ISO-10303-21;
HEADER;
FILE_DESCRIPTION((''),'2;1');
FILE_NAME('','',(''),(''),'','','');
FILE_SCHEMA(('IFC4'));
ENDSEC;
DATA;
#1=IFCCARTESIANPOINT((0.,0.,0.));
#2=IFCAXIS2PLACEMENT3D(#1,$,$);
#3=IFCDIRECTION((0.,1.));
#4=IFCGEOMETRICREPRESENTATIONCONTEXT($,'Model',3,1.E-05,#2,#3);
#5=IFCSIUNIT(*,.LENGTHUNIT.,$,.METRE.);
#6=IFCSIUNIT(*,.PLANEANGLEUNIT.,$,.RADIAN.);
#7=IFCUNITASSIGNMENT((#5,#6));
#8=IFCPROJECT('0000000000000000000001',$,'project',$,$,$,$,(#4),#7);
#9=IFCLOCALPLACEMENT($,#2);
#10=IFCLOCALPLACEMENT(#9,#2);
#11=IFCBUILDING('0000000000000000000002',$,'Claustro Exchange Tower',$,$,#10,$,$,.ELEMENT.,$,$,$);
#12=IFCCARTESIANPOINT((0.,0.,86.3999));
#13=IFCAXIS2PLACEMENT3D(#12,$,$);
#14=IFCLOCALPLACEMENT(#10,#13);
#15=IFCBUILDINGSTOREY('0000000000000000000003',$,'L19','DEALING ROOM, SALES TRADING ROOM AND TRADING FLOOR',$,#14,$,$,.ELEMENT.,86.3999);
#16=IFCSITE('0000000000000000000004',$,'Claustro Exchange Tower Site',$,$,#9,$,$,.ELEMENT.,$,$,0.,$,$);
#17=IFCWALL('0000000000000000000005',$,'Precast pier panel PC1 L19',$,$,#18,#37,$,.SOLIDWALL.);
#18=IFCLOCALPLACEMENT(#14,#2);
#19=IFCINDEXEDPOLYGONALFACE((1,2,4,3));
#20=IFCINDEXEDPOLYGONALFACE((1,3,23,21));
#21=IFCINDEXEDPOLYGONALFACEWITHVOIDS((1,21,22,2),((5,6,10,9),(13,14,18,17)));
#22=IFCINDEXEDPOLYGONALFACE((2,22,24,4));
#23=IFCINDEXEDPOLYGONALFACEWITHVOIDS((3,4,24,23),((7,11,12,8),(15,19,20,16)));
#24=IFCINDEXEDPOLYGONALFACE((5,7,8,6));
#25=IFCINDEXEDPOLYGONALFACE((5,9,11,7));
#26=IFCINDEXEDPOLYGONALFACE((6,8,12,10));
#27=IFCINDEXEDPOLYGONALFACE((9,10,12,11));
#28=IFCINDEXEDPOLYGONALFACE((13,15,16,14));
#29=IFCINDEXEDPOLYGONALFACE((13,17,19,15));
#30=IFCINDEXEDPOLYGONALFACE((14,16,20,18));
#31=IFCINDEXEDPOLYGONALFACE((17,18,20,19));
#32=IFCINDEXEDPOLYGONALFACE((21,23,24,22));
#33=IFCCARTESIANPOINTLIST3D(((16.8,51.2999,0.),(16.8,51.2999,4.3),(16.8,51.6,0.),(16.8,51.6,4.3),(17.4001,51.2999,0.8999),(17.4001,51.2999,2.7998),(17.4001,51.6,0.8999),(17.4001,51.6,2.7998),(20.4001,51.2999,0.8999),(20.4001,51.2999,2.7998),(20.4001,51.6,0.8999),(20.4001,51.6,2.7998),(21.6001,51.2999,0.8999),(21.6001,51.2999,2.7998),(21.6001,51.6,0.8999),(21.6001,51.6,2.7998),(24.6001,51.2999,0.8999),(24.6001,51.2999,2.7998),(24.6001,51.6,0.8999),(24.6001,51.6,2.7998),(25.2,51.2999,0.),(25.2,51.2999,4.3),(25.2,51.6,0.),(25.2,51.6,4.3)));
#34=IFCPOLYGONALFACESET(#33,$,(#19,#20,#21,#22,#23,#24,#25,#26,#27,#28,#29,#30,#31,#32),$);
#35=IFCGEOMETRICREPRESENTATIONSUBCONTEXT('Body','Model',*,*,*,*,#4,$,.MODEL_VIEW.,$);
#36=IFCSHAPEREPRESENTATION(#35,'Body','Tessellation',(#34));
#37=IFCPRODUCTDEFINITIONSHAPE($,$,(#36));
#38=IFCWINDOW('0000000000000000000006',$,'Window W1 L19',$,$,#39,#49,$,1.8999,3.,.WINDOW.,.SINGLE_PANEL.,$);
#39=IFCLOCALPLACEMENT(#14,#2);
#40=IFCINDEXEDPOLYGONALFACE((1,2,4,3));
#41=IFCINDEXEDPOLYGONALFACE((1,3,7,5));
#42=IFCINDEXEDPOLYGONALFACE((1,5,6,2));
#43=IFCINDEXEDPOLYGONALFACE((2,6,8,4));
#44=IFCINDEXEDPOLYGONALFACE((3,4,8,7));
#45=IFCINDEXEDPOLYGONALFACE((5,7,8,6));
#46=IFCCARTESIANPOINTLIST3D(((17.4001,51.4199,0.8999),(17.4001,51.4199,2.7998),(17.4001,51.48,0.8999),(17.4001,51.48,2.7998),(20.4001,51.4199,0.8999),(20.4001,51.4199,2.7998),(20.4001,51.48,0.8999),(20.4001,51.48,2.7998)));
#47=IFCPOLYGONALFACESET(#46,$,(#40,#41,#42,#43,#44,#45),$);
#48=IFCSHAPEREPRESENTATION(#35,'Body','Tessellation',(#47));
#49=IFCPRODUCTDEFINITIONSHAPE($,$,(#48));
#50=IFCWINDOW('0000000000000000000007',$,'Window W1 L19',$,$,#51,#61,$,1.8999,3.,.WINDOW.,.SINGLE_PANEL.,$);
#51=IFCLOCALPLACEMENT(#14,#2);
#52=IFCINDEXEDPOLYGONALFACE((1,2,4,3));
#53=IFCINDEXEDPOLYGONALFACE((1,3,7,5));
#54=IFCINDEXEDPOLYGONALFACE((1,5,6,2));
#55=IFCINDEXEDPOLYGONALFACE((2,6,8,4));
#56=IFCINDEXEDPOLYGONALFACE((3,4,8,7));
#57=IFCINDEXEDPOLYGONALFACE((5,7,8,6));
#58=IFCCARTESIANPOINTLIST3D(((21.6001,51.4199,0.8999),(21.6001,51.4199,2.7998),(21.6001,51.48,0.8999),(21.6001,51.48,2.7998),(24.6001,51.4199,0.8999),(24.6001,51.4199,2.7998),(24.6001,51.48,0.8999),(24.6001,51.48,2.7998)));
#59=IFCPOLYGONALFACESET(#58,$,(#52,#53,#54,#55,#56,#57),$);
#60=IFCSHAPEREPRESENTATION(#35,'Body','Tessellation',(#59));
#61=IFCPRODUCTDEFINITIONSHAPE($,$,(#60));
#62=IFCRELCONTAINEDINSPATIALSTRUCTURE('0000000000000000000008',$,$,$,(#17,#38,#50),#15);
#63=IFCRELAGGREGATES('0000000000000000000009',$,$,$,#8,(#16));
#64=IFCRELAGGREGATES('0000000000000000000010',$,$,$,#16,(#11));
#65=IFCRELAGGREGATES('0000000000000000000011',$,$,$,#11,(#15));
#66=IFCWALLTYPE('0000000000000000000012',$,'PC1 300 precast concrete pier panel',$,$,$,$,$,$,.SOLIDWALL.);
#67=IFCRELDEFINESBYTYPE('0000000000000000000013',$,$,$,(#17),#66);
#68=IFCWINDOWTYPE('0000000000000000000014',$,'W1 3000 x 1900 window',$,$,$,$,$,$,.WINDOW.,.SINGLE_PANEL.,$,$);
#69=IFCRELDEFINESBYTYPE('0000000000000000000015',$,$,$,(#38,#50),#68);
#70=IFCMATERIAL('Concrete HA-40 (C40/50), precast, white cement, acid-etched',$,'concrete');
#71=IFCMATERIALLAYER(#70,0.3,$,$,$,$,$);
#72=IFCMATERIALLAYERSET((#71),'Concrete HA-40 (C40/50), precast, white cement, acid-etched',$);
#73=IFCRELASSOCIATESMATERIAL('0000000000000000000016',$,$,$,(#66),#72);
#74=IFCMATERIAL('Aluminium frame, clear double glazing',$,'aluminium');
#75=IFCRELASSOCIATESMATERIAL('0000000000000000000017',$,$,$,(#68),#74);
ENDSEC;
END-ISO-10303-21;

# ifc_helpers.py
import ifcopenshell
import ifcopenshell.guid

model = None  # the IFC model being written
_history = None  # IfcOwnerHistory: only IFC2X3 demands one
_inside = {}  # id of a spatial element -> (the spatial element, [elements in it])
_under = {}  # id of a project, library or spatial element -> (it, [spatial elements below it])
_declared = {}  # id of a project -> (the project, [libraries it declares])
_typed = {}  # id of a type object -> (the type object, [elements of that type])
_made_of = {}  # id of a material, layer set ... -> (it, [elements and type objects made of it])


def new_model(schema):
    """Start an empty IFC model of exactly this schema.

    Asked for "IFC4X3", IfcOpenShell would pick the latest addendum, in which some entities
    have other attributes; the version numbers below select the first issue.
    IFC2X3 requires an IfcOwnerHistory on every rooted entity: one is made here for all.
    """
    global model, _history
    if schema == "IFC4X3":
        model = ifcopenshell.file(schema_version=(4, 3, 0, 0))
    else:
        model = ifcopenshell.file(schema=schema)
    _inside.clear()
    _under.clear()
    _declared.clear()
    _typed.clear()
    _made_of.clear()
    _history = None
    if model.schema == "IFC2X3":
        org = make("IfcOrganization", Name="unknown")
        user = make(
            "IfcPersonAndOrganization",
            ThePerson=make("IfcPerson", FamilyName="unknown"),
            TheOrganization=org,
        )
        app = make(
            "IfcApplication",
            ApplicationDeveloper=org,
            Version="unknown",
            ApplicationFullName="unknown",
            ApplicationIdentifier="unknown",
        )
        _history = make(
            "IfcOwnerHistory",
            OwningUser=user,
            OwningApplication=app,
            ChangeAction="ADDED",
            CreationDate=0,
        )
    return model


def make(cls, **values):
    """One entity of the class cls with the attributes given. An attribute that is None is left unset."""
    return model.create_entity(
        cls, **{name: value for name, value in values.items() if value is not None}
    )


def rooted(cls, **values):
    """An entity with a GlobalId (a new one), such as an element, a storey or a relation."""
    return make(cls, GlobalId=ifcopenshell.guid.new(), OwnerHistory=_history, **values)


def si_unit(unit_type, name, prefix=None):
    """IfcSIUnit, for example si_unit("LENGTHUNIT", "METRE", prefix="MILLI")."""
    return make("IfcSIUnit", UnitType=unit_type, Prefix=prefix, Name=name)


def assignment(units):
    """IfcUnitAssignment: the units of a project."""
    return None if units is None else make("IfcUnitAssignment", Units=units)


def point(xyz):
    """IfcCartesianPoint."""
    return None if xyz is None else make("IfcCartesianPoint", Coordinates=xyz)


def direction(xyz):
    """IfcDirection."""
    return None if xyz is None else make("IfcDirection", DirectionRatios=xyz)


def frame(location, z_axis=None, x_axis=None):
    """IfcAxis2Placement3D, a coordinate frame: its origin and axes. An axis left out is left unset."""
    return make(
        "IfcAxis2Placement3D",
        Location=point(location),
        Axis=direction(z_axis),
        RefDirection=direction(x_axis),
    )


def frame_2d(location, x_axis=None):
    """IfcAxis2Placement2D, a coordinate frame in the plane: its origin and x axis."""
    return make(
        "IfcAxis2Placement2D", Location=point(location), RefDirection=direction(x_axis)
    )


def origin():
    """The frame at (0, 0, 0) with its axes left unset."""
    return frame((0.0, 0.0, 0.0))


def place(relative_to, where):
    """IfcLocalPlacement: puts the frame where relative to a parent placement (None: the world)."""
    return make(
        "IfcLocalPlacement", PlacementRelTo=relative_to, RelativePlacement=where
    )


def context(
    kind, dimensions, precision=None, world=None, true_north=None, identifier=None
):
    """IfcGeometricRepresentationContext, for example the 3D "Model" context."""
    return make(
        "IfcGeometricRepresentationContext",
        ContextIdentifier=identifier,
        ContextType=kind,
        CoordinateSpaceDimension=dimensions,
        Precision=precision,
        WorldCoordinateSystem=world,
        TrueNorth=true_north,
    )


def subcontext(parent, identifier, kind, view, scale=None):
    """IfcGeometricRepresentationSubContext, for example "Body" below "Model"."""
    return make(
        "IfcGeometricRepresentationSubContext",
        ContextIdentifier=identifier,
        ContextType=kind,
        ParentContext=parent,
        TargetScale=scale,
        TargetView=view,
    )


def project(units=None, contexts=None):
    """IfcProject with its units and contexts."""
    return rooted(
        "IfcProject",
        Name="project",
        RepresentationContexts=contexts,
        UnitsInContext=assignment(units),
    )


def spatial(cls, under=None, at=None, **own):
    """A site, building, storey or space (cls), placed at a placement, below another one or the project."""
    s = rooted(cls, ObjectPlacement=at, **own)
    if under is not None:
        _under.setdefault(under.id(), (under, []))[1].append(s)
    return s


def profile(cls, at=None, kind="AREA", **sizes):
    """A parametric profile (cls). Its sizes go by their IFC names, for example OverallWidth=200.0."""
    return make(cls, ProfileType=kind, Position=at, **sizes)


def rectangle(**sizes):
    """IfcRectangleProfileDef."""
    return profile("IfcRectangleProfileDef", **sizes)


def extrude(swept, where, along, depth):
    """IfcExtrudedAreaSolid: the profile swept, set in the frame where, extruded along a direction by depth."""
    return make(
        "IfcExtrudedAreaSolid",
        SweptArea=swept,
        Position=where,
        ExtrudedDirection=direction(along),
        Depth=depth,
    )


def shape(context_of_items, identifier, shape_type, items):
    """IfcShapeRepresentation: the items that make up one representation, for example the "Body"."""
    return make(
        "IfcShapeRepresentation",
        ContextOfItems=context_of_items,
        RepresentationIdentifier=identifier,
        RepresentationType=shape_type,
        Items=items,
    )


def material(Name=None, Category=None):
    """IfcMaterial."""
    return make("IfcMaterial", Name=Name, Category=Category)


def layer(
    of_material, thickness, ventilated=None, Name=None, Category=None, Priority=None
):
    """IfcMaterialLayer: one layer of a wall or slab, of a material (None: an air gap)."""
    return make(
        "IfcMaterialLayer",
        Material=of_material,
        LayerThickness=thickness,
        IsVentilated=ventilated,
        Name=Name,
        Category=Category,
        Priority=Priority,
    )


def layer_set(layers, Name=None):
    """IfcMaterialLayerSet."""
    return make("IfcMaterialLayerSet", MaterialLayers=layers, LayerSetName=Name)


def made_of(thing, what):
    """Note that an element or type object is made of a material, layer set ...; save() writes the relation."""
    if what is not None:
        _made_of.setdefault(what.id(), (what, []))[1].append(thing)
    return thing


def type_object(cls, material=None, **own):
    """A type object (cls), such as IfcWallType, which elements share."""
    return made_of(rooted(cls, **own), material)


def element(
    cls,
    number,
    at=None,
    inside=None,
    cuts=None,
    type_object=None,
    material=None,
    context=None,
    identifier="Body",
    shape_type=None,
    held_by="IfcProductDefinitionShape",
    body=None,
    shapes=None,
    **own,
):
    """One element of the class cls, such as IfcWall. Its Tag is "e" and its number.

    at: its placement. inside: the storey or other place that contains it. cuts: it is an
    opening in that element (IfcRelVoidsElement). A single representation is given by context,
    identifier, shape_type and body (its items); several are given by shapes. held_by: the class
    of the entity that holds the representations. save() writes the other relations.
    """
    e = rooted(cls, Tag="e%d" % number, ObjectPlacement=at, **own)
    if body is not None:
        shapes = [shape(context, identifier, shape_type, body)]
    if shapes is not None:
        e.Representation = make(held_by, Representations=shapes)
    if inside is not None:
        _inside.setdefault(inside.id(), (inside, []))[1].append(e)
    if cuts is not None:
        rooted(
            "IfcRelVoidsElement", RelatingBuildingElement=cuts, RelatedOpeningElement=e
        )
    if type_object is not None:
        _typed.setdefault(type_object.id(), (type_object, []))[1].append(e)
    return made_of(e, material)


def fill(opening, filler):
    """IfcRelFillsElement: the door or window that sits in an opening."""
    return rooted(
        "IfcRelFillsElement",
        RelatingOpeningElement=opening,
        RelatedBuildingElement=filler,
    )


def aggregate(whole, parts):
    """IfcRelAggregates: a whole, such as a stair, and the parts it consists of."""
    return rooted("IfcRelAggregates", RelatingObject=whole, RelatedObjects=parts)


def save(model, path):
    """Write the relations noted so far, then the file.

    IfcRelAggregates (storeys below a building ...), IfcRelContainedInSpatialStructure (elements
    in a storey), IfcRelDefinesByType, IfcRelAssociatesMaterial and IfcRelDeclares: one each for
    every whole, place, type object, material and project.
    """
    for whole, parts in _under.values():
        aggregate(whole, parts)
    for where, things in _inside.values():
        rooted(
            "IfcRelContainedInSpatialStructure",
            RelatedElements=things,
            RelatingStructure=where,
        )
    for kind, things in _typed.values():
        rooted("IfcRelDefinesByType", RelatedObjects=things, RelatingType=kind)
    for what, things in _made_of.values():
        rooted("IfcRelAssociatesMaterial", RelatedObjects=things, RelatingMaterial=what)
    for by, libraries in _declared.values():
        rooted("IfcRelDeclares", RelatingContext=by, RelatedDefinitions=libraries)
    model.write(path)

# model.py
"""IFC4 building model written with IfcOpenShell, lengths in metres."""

from ifc_helpers import new_model, si_unit, direction, frame, frame_2d, origin, place, context, subcontext, project, spatial, rectangle, extrude, material, layer, layer_set, type_object, element, fill, save


model = new_model("IFC4")

# Units and contexts
model_context = context("Model", 3, precision=1e-05, world=origin(), true_north=direction((0.0, 1.0)))
body_context = subcontext(model_context, "Body", "Model", "MODEL_VIEW")
ifc_project = project(units=[si_unit("LENGTHUNIT", "METRE"), si_unit("PLANEANGLEUNIT", "RADIAN")], contexts=[model_context])

# Site, building, storey
site_placement = place(None, origin())
site = spatial("IfcSite", under=ifc_project, at=site_placement, Name="Claustro Exchange Tower Site", CompositionType="ELEMENT", RefElevation=0.0)
building_placement = place(site_placement, origin())
building = spatial("IfcBuilding", under=site, at=building_placement, Name="Claustro Exchange Tower", CompositionType="ELEMENT")
storey_placement = place(building_placement, frame((0.0, 0.0, 86.3999)))
storey = spatial("IfcBuildingStorey", under=building, at=storey_placement, Name="L19", Description="DEALING ROOM, SALES TRADING ROOM AND TRADING FLOOR", CompositionType="ELEMENT", Elevation=86.3999)

# Wall, openings, windows
ifc_material_1 = material(Name="Concrete HA-40 (C40/50), precast, white cement, acid-etched", Category="concrete")
ifc_layer_1 = layer(ifc_material_1, 0.3)
ifc_layer_set_1 = layer_set([ifc_layer_1], Name="Concrete HA-40 (C40/50), precast, white cement, acid-etched")
wall_type_1 = type_object("IfcWallType", Name="PC1 300 precast concrete pier panel", PredefinedType="SOLIDWALL", material=ifc_layer_set_1)
ifc_material_2 = material(Name="Aluminium frame, clear double glazing", Category="aluminium")
window_type = type_object("IfcWindowType", Name="W1 3000 x 1900 window", PartitioningType="SINGLE_PANEL", PredefinedType="WINDOW", material=ifc_material_2)
wall_1_placement = place(storey_placement, frame((16.8, 51.45, 0.0), z_axis=(0.0, 0.0, 1.0), x_axis=(1.0, 0.0, 0.0)))
wall_1 = element("IfcWall", 1, at=wall_1_placement, inside=storey, type_object=wall_type_1, Name="Precast pier panel PC1 L19", PredefinedType="SOLIDWALL", context=body_context, shape_type="SweptSolid", body=[
    extrude(rectangle(XDim=8.3999, YDim=0.3, at=frame_2d((4.2, 0.0))), origin(), (0.0, 0.0, 1.0), 4.3),
])
opening_1_placement = place(wall_1_placement, frame((0.6001, 0.0, 0.8999)))
opening_1 = element("IfcOpeningElement", 2, at=opening_1_placement, cuts=wall_1, PredefinedType="OPENING", context=body_context, shape_type="SweptSolid", body=[
    extrude(rectangle(XDim=3.0, YDim=1.8999, at=frame_2d((1.5, 0.95))), frame((0.0, 0.1599, 0.0), z_axis=(0.0, -1.0, 0.0), x_axis=(1.0, 0.0, 0.0)), (0.0, 0.0, 1.0), 0.3201),
])
opening_2_placement = place(wall_1_placement, frame((4.8, 0.0, 0.8999)))
opening_2 = element("IfcOpeningElement", 3, at=opening_2_placement, cuts=wall_1, PredefinedType="OPENING", context=body_context, shape_type="SweptSolid", body=[
    extrude(rectangle(XDim=3.0, YDim=1.8999, at=frame_2d((1.5, 0.95))), frame((0.0, 0.1599, 0.0), z_axis=(0.0, -1.0, 0.0), x_axis=(1.0, 0.0, 0.0)), (0.0, 0.0, 1.0), 0.3201),
])
window_1_placement = place(opening_1_placement, origin())
window_1 = element("IfcWindow", 4, at=window_1_placement, inside=storey, type_object=window_type, Name="Window W1 L19", OverallHeight=1.8999, OverallWidth=3.0, PartitioningType="SINGLE_PANEL", PredefinedType="WINDOW", context=body_context, shape_type="SweptSolid", body=[
    extrude(rectangle(XDim=3.0, YDim=1.8999, at=frame_2d((1.5, 0.95))), frame((0.0, 0.03, 0.0), z_axis=(0.0, -1.0, 0.0), x_axis=(1.0, 0.0, 0.0)), (0.0, 0.0, 1.0), 0.0601),
])
fill(opening_1, window_1)
window_2_placement = place(opening_2_placement, origin())
window_2 = element("IfcWindow", 5, at=window_2_placement, inside=storey, type_object=window_type, Name="Window W1 L19", OverallHeight=1.8999, OverallWidth=3.0, PartitioningType="SINGLE_PANEL", PredefinedType="WINDOW", context=body_context, shape_type="SweptSolid", body=[
    extrude(rectangle(XDim=3.0, YDim=1.8999, at=frame_2d((1.5, 0.95))), frame((0.0, 0.03, 0.0), z_axis=(0.0, -1.0, 0.0), x_axis=(1.0, 0.0, 0.0)), (0.0, 0.0, 1.0), 0.0601),
])
fill(opening_2, window_2)

save(model, "model.ifc")
